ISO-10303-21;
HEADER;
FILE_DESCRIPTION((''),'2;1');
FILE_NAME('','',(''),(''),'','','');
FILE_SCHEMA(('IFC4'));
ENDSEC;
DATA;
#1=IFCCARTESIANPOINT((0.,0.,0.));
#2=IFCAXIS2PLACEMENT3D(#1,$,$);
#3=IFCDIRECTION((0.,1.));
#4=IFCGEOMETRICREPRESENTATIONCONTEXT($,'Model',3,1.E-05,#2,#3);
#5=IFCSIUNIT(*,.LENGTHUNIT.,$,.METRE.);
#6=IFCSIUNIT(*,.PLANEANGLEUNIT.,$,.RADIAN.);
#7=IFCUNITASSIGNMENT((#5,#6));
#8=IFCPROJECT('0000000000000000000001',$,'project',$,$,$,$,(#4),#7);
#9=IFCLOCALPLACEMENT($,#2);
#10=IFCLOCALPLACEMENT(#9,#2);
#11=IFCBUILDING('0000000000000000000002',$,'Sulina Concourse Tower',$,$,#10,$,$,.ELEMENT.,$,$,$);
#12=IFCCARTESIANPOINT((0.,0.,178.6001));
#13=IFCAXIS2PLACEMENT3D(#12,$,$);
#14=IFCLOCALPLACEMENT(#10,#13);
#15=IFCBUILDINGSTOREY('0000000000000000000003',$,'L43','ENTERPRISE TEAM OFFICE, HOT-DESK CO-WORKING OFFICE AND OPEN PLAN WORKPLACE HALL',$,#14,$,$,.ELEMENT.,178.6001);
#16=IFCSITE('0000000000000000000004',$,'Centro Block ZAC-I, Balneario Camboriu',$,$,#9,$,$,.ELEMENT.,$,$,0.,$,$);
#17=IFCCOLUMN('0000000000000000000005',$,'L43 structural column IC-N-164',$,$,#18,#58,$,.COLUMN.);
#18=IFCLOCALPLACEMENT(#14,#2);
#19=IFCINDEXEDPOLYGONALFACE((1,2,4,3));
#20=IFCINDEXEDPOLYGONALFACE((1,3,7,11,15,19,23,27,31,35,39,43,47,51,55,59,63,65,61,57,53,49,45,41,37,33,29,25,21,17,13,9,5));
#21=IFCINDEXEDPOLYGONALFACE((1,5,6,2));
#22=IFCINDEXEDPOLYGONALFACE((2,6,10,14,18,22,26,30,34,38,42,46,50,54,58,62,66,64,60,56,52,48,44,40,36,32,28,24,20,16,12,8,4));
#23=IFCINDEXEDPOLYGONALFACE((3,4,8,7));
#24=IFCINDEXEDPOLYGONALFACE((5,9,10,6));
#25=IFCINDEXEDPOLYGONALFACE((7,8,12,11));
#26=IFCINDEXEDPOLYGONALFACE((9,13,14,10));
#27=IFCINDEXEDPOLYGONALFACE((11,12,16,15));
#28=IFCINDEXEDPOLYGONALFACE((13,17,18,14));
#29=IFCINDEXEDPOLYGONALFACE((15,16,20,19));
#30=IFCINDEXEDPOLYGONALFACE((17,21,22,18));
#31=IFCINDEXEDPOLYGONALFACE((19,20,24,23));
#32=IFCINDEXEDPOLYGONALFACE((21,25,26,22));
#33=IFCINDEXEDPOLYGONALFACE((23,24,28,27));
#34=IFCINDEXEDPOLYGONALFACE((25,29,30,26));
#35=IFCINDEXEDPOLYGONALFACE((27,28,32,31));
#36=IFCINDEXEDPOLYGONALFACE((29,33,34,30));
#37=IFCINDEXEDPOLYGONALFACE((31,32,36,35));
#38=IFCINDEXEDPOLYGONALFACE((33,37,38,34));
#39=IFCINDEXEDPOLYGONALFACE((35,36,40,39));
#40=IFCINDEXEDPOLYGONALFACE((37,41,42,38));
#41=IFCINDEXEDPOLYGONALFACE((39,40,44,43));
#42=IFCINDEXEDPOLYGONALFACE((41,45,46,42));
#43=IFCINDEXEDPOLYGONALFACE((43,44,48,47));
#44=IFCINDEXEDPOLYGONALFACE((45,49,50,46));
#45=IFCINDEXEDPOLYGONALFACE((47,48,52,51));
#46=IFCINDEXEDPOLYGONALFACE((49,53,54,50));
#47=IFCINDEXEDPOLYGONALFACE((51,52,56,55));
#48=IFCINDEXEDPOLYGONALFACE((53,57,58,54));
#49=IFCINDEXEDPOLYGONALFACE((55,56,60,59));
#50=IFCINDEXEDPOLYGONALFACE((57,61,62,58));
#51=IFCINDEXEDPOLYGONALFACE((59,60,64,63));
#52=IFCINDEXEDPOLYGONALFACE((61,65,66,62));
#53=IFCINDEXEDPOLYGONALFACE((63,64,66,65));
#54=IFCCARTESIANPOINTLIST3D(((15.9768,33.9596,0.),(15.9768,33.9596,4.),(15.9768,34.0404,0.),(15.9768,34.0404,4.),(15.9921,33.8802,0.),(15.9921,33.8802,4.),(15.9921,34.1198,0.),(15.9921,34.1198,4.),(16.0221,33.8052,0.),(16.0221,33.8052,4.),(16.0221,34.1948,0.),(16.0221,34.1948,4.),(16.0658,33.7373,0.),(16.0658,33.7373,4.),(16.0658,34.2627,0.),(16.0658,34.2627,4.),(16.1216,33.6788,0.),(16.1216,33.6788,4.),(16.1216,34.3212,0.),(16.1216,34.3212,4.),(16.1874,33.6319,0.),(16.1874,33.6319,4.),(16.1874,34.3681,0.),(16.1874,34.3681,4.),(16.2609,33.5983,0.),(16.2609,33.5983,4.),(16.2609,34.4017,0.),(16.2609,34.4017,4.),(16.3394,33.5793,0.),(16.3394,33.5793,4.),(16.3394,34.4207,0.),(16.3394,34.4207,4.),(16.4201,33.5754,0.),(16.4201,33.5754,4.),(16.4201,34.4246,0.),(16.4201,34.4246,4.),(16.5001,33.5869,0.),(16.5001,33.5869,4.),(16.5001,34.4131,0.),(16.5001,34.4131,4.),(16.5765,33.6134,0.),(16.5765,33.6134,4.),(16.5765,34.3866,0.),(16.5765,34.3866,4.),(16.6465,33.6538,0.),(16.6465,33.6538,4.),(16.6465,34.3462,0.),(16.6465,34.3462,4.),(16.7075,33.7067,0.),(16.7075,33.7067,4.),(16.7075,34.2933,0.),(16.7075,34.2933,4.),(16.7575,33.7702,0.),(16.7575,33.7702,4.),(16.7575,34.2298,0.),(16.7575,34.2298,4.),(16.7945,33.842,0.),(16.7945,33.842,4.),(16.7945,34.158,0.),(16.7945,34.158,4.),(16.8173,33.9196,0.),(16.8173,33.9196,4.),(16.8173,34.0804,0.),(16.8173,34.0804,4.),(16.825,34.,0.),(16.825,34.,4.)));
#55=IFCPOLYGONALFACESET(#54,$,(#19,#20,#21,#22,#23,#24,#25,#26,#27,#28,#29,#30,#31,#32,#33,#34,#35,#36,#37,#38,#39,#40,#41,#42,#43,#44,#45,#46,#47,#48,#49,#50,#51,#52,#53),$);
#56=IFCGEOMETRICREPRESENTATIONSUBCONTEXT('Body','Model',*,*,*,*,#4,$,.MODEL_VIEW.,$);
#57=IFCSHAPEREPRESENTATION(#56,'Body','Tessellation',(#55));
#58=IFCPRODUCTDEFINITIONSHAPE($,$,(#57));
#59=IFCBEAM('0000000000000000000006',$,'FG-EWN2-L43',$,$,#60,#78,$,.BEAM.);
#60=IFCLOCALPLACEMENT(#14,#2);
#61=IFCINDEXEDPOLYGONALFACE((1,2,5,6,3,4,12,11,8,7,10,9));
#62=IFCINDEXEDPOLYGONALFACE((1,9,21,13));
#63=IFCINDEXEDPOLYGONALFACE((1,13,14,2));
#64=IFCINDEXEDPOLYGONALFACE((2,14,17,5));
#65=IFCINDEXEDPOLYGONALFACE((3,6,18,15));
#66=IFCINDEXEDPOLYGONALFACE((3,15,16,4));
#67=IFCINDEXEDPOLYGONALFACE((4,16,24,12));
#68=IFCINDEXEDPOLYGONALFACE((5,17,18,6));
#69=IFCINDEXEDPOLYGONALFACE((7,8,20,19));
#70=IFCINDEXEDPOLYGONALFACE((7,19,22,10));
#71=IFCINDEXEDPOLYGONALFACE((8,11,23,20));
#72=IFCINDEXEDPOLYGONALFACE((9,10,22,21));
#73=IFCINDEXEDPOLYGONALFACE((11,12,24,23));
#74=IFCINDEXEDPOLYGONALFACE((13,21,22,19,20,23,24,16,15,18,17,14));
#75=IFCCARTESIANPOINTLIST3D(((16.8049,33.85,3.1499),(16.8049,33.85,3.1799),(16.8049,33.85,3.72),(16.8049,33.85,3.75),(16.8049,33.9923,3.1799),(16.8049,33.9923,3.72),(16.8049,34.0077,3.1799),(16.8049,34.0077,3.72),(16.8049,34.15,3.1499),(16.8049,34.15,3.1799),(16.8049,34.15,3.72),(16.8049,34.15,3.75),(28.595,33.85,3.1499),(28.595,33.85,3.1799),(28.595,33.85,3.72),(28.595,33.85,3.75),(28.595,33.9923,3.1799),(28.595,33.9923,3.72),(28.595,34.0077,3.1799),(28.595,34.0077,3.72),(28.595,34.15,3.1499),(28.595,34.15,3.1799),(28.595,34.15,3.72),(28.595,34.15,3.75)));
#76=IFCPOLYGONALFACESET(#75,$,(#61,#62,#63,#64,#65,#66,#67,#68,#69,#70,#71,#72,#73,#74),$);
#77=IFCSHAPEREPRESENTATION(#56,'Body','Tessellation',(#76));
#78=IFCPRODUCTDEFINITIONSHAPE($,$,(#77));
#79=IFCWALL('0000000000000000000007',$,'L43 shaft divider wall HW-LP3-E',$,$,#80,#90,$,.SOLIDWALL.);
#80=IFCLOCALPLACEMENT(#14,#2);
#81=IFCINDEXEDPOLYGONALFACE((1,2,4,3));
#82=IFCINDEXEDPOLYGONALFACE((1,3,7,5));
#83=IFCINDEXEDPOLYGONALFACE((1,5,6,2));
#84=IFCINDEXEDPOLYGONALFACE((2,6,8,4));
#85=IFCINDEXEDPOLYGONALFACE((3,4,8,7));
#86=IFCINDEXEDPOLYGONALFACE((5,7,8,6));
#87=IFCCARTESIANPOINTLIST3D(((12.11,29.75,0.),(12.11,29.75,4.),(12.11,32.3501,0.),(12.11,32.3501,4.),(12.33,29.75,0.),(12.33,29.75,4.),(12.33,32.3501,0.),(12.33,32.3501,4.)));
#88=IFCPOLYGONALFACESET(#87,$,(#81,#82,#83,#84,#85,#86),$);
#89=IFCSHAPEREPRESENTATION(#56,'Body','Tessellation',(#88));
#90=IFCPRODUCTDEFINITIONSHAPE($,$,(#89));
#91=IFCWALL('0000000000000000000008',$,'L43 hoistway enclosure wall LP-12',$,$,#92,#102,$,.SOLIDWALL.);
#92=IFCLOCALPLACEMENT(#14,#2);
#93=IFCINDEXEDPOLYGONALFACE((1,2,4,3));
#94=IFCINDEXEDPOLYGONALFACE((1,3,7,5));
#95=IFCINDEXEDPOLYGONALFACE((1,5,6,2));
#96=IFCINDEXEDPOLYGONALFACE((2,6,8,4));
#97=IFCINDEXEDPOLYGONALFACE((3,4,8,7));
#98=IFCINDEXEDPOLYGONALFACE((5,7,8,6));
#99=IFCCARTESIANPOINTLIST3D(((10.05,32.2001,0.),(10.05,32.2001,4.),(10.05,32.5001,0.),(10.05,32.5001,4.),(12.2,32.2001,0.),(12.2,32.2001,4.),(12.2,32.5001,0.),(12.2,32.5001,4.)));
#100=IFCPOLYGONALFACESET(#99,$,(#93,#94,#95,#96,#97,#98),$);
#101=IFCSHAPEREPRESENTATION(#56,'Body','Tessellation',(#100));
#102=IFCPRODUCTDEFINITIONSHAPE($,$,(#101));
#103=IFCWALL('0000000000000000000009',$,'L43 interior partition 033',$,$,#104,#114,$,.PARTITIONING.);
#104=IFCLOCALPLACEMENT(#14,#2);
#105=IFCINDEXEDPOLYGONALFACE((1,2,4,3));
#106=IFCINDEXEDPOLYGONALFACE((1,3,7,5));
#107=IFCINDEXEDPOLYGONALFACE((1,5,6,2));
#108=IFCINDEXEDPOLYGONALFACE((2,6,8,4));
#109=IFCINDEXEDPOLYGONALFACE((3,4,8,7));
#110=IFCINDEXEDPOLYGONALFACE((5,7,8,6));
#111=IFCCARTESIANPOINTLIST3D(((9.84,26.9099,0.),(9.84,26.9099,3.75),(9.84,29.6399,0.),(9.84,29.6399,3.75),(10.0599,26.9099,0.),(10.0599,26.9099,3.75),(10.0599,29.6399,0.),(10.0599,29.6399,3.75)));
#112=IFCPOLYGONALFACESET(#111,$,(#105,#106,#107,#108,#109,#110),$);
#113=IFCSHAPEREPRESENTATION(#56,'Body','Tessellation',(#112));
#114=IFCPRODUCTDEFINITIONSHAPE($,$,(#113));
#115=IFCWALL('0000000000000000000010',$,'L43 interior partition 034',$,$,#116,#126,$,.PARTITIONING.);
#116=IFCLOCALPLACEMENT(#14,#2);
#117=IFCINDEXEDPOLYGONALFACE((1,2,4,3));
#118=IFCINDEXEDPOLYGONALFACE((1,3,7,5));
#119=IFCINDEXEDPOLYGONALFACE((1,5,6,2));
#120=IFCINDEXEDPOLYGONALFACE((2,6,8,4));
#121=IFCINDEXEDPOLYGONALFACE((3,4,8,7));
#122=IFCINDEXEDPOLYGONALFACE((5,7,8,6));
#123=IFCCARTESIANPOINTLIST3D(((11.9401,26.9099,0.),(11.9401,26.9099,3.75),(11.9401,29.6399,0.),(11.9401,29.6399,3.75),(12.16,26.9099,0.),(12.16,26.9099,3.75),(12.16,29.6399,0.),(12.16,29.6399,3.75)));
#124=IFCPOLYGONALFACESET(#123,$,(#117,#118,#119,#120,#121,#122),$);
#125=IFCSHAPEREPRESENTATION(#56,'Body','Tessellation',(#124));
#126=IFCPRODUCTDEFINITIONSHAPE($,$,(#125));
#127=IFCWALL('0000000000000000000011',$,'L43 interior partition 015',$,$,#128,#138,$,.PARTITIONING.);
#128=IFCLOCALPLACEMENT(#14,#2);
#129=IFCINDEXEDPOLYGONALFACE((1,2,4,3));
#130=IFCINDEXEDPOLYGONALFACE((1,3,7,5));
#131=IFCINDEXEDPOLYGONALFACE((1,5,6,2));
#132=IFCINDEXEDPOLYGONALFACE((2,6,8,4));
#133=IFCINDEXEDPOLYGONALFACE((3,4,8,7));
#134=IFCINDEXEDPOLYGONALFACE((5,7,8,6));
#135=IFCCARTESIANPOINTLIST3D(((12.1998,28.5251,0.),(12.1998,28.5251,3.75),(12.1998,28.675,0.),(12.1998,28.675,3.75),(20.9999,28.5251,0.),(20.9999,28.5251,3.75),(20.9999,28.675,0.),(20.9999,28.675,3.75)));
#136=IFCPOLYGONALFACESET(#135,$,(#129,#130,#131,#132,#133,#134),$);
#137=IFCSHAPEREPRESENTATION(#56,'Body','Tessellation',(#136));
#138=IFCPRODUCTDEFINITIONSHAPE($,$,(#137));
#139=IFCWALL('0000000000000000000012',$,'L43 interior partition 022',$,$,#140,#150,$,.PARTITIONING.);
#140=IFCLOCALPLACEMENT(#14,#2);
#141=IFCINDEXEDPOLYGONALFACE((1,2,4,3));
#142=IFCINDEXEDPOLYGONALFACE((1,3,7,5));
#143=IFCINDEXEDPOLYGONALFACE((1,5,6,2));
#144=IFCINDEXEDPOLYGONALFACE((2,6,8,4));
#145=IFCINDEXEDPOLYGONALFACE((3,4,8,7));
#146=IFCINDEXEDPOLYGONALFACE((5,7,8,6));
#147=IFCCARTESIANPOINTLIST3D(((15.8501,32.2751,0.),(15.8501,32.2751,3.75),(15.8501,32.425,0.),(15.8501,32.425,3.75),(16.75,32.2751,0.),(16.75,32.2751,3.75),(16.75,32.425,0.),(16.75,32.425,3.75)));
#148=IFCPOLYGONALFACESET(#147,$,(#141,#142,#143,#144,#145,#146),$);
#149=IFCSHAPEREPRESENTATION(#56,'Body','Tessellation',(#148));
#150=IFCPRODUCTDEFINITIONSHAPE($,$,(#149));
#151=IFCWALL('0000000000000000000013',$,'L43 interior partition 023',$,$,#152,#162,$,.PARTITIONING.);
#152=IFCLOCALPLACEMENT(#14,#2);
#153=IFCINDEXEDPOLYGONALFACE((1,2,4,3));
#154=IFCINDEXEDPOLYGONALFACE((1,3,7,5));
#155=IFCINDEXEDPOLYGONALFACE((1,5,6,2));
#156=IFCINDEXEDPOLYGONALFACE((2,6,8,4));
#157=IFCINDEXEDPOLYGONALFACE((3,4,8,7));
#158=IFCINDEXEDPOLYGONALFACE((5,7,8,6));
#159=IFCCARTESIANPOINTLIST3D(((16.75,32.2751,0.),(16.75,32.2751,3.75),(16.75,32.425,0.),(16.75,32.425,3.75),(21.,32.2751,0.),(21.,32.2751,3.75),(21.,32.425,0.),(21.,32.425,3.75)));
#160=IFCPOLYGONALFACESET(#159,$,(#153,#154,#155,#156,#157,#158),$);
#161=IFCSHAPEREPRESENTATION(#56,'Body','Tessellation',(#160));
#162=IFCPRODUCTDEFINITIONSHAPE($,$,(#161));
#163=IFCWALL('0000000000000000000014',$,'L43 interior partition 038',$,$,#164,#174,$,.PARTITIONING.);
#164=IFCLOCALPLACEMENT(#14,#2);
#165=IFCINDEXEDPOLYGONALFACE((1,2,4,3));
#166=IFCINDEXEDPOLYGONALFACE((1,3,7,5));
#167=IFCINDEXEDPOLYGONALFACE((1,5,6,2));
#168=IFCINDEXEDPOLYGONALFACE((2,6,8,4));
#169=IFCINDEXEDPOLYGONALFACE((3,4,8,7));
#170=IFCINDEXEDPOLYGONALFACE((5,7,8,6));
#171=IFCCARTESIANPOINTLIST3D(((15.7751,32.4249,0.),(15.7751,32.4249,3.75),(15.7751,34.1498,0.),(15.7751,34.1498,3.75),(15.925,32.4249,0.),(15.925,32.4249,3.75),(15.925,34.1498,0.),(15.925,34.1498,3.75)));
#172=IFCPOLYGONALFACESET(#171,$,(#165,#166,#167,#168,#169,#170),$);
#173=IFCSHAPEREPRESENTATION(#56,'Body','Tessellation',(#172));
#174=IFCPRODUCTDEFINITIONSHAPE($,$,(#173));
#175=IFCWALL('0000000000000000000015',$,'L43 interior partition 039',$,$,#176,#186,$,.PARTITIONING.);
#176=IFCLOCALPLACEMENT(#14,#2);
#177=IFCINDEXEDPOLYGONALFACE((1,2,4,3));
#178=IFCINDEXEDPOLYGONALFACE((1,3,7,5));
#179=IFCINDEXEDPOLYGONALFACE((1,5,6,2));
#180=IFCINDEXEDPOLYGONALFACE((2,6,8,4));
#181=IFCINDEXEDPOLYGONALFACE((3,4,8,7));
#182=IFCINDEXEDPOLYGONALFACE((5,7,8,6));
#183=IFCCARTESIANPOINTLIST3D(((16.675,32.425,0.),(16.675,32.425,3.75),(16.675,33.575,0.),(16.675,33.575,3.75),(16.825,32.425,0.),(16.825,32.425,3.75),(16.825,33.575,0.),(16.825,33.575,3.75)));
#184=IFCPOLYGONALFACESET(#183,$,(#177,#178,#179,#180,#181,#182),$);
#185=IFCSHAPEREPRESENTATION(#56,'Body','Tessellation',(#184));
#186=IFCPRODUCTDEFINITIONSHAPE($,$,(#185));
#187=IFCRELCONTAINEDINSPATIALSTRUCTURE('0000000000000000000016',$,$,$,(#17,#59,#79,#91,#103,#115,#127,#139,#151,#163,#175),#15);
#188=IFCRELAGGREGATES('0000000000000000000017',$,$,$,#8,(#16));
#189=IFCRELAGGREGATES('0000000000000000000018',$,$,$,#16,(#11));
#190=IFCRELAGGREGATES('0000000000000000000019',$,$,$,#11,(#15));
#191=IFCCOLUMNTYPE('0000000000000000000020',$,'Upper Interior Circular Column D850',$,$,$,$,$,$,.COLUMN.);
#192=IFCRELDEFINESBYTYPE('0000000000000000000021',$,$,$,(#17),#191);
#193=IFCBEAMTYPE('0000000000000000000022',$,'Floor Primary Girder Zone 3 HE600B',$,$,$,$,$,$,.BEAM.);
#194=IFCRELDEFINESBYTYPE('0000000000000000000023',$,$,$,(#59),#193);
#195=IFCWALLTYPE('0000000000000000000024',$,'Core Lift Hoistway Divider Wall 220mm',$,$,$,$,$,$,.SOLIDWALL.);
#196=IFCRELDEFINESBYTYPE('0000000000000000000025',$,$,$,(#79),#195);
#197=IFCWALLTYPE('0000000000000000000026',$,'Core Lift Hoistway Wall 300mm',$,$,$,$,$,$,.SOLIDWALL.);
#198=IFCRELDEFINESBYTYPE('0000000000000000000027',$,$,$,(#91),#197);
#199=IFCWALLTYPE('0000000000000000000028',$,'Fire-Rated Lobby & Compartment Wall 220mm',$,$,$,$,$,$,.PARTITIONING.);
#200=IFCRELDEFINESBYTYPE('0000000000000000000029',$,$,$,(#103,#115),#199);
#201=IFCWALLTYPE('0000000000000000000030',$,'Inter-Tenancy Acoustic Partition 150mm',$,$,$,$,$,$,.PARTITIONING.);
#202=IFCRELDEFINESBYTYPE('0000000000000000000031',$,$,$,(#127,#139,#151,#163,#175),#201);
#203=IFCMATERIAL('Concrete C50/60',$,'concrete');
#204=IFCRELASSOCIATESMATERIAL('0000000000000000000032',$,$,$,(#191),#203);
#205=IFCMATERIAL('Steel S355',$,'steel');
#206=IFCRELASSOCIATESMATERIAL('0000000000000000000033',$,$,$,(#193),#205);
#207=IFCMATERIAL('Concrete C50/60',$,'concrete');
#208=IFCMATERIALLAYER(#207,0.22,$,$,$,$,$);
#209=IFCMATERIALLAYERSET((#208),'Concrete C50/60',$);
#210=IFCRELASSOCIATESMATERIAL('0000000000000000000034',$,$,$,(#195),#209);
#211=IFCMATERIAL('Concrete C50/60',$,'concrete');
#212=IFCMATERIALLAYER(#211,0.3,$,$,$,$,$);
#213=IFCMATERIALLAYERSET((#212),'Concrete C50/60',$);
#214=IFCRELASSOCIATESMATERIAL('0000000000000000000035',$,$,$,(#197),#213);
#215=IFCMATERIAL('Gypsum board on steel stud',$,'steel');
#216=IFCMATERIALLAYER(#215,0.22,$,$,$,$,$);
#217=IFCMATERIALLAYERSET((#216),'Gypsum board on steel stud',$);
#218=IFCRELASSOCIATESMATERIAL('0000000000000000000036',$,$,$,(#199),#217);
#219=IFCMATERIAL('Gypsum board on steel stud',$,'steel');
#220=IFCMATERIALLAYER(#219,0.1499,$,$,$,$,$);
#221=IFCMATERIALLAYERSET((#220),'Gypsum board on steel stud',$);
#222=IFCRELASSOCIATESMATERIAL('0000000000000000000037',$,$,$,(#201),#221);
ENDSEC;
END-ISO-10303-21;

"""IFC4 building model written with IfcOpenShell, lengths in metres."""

from ifc_helpers import new_model, si_unit, direction, frame, frame_2d, origin, origin_2d, place, context, subcontext, project, spatial, rectangle, circle, i_section, extrude, material, layer, layer_set, material_profile, profile_set, type_object, element, save


model = new_model("IFC4")

# Units and contexts
model_context = context("Model", 3, precision=1e-05, world=origin(), true_north=direction((0.0, 1.0)))
body_context = subcontext(model_context, "Body", "Model", "MODEL_VIEW")
ifc_project = project(units=[si_unit("LENGTHUNIT", "METRE"), si_unit("PLANEANGLEUNIT", "RADIAN")], contexts=[model_context])

# Site, building, storey
site_placement = place(None, origin())
site = spatial("IfcSite", under=ifc_project, at=site_placement, Name="Centro Block ZAC-I, Balneario Camboriu", CompositionType="ELEMENT", RefElevation=0.0)
building_placement = place(site_placement, origin())
building = spatial("IfcBuilding", under=site, at=building_placement, Name="Sulina Concourse Tower", CompositionType="ELEMENT")
storey_placement = place(building_placement, frame((0.0, 0.0, 178.6001)))
storey = spatial("IfcBuildingStorey", under=building, at=storey_placement, Name="L43", Description="ENTERPRISE TEAM OFFICE, HOT-DESK CO-WORKING OFFICE AND OPEN PLAN WORKPLACE HALL", CompositionType="ELEMENT", Elevation=178.6001)

# Column
ifc_material_1 = material(Name="Concrete C50/60", Category="concrete")
ifc_material_profile_1 = material_profile(ifc_material_1, circle(Radius=0.425, at=origin_2d()), Name="RC D850")
ifc_profile_set_1 = profile_set([ifc_material_profile_1], Name="Concrete C50/60")
column_type = type_object("IfcColumnType", Name="Upper Interior Circular Column D850", PredefinedType="COLUMN", material=ifc_profile_set_1)
column_placement = place(storey_placement, frame((16.3999, 34.0, 0.0), z_axis=(0.0, 0.0, 1.0), x_axis=(1.0, 0.0, 0.0)))
element("IfcColumn", 1, at=column_placement, inside=storey, type_object=column_type, Name="L43 structural column IC-N-164", PredefinedType="COLUMN", context=body_context, shape_type="SweptSolid", body=[
    extrude(circle(Radius=0.425, at=origin_2d()), origin(), (0.0, 0.0, 1.0), 4.0),
])

# Beam
ifc_material_2 = material(Name="Steel S355", Category="steel")
ifc_material_profile_2 = material_profile(ifc_material_2, i_section(OverallWidth=0.3, OverallDepth=0.6001, WebThickness=0.0154, FlangeThickness=0.03, at=origin_2d()), Name="HE 600 B")
ifc_profile_set_2 = profile_set([ifc_material_profile_2], Name="Steel S355")
beam_type = type_object("IfcBeamType", Name="Floor Primary Girder Zone 3 HE600B", PredefinedType="BEAM", material=ifc_profile_set_2)
beam_placement = place(storey_placement, frame((16.8049, 34.0, 3.45), z_axis=(1.0, 0.0, 0.0), x_axis=(0.0, 1.0, 0.0)))
element("IfcBeam", 2, at=beam_placement, inside=storey, type_object=beam_type, Name="FG-EWN2-L43", PredefinedType="BEAM", context=body_context, shape_type="SweptSolid", body=[
    extrude(i_section(OverallWidth=0.3, OverallDepth=0.6001, WebThickness=0.0154, FlangeThickness=0.03, at=origin_2d()), origin(), (0.0, 0.0, 1.0), 11.79),
])

# Walls
ifc_material_3 = material(Name="Concrete C50/60", Category="concrete")
ifc_layer_1 = layer(ifc_material_3, 0.22)
ifc_layer_set_1 = layer_set([ifc_layer_1], Name="Concrete C50/60")
wall_type_1 = type_object("IfcWallType", Name="Core Lift Hoistway Divider Wall 220mm", PredefinedType="SOLIDWALL", material=ifc_layer_set_1)
wall_1_placement = place(storey_placement, frame((12.22, 29.75, 0.0), z_axis=(0.0, 0.0, 1.0), x_axis=(0.0, 1.0, 0.0)))
element("IfcWall", 3, at=wall_1_placement, inside=storey, type_object=wall_type_1, Name="L43 shaft divider wall HW-LP3-E", PredefinedType="SOLIDWALL", context=body_context, shape_type="SweptSolid", body=[
    extrude(rectangle(XDim=2.6001, YDim=0.22, at=frame_2d((1.3, 0.0))), origin(), (0.0, 0.0, 1.0), 4.0),
])
ifc_material_4 = material(Name="Concrete C50/60", Category="concrete")
ifc_layer_2 = layer(ifc_material_4, 0.3)
ifc_layer_set_2 = layer_set([ifc_layer_2], Name="Concrete C50/60")
wall_type_2 = type_object("IfcWallType", Name="Core Lift Hoistway Wall 300mm", PredefinedType="SOLIDWALL", material=ifc_layer_set_2)
wall_2_placement = place(storey_placement, frame((10.05, 32.3501, 0.0), z_axis=(0.0, 0.0, 1.0), x_axis=(1.0, 0.0, 0.0)))
element("IfcWall", 4, at=wall_2_placement, inside=storey, type_object=wall_type_2, Name="L43 hoistway enclosure wall LP-12", PredefinedType="SOLIDWALL", context=body_context, shape_type="SweptSolid", body=[
    extrude(rectangle(XDim=2.1499, YDim=0.3, at=frame_2d((1.075, 0.0))), origin(), (0.0, 0.0, 1.0), 4.0),
])
ifc_material_5 = material(Name="Gypsum board on steel stud", Category="steel")
ifc_layer_3 = layer(ifc_material_5, 0.22)
ifc_layer_set_3 = layer_set([ifc_layer_3], Name="Gypsum board on steel stud")
wall_type_3 = type_object("IfcWallType", Name="Fire-Rated Lobby & Compartment Wall 220mm", PredefinedType="PARTITIONING", material=ifc_layer_set_3)
for number, where, z_axis, x_axis, name in (
    (5, (9.95, 26.9099, 0.0), (0.0, 0.0, 1.0), (0.0, 1.0, 0.0), "L43 interior partition 033"),
    (6, (12.05, 26.9099, 0.0), (0.0, 0.0, 1.0), (0.0, 1.0, 0.0), "L43 interior partition 034"),
):
    element("IfcWall", number, at=place(storey_placement, frame(where, z_axis=z_axis, x_axis=x_axis)), inside=storey, type_object=wall_type_3, Name=name, PredefinedType="PARTITIONING", context=body_context, shape_type="SweptSolid", body=[
        extrude(rectangle(XDim=2.73, YDim=0.22, at=frame_2d((1.365, 0.0))), origin(), (0.0, 0.0, 1.0), 3.75),
    ])
ifc_material_6 = material(Name="Gypsum board on steel stud", Category="steel")
ifc_layer_4 = layer(ifc_material_6, 0.1499)
ifc_layer_set_4 = layer_set([ifc_layer_4], Name="Gypsum board on steel stud")
wall_type_4 = type_object("IfcWallType", Name="Inter-Tenancy Acoustic Partition 150mm", PredefinedType="PARTITIONING", material=ifc_layer_set_4)
wall_3_placement = place(storey_placement, frame((12.2, 28.6001, 0.0), z_axis=(0.0, 0.0, 1.0), x_axis=(1.0, 0.0, 0.0)))
element("IfcWall", 7, at=wall_3_placement, inside=storey, type_object=wall_type_4, Name="L43 interior partition 015", PredefinedType="PARTITIONING", context=body_context, shape_type="SweptSolid", body=[
    extrude(rectangle(XDim=8.8, YDim=0.1499, at=frame_2d((4.3999, 0.0))), origin(), (0.0, 0.0, 1.0), 3.75),
])

# Walls
wall_4_placement = place(storey_placement, frame((15.8501, 32.3501, 0.0), z_axis=(0.0, 0.0, 1.0), x_axis=(1.0, 0.0, 0.0)))
element("IfcWall", 8, at=wall_4_placement, inside=storey, type_object=wall_type_4, Name="L43 interior partition 022", PredefinedType="PARTITIONING", context=body_context, shape_type="SweptSolid", body=[
    extrude(rectangle(XDim=0.8999, YDim=0.1499, at=frame_2d((0.45, 0.0))), origin(), (0.0, 0.0, 1.0), 3.75),
])
wall_5_placement = place(storey_placement, frame((16.75, 32.3501, 0.0), z_axis=(0.0, 0.0, 1.0), x_axis=(1.0, 0.0, 0.0)))
element("IfcWall", 9, at=wall_5_placement, inside=storey, type_object=wall_type_4, Name="L43 interior partition 023", PredefinedType="PARTITIONING", context=body_context, shape_type="SweptSolid", body=[
    extrude(rectangle(XDim=4.25, YDim=0.1499, at=frame_2d((2.125, 0.0))), origin(), (0.0, 0.0, 1.0), 3.75),
])
wall_6_placement = place(storey_placement, frame((15.8501, 32.425, 0.0), z_axis=(0.0, 0.0, 1.0), x_axis=(0.0, 1.0, 0.0)))
element("IfcWall", 10, at=wall_6_placement, inside=storey, type_object=wall_type_4, Name="L43 interior partition 038", PredefinedType="PARTITIONING", context=body_context, shape_type="SweptSolid", body=[
    extrude(rectangle(XDim=1.7249, YDim=0.1499, at=frame_2d((0.8623, 0.0))), origin(), (0.0, 0.0, 1.0), 3.75),
])
wall_7_placement = place(storey_placement, frame((16.75, 32.425, 0.0), z_axis=(0.0, 0.0, 1.0), x_axis=(0.0, 1.0, 0.0)))
element("IfcWall", 11, at=wall_7_placement, inside=storey, type_object=wall_type_4, Name="L43 interior partition 039", PredefinedType="PARTITIONING", context=body_context, shape_type="SweptSolid", body=[
    extrude(rectangle(XDim=1.1499, YDim=0.1499, at=frame_2d((0.575, 0.0))), origin(), (0.0, 0.0, 1.0), 3.75),
])

save(model, "model.ifc")
